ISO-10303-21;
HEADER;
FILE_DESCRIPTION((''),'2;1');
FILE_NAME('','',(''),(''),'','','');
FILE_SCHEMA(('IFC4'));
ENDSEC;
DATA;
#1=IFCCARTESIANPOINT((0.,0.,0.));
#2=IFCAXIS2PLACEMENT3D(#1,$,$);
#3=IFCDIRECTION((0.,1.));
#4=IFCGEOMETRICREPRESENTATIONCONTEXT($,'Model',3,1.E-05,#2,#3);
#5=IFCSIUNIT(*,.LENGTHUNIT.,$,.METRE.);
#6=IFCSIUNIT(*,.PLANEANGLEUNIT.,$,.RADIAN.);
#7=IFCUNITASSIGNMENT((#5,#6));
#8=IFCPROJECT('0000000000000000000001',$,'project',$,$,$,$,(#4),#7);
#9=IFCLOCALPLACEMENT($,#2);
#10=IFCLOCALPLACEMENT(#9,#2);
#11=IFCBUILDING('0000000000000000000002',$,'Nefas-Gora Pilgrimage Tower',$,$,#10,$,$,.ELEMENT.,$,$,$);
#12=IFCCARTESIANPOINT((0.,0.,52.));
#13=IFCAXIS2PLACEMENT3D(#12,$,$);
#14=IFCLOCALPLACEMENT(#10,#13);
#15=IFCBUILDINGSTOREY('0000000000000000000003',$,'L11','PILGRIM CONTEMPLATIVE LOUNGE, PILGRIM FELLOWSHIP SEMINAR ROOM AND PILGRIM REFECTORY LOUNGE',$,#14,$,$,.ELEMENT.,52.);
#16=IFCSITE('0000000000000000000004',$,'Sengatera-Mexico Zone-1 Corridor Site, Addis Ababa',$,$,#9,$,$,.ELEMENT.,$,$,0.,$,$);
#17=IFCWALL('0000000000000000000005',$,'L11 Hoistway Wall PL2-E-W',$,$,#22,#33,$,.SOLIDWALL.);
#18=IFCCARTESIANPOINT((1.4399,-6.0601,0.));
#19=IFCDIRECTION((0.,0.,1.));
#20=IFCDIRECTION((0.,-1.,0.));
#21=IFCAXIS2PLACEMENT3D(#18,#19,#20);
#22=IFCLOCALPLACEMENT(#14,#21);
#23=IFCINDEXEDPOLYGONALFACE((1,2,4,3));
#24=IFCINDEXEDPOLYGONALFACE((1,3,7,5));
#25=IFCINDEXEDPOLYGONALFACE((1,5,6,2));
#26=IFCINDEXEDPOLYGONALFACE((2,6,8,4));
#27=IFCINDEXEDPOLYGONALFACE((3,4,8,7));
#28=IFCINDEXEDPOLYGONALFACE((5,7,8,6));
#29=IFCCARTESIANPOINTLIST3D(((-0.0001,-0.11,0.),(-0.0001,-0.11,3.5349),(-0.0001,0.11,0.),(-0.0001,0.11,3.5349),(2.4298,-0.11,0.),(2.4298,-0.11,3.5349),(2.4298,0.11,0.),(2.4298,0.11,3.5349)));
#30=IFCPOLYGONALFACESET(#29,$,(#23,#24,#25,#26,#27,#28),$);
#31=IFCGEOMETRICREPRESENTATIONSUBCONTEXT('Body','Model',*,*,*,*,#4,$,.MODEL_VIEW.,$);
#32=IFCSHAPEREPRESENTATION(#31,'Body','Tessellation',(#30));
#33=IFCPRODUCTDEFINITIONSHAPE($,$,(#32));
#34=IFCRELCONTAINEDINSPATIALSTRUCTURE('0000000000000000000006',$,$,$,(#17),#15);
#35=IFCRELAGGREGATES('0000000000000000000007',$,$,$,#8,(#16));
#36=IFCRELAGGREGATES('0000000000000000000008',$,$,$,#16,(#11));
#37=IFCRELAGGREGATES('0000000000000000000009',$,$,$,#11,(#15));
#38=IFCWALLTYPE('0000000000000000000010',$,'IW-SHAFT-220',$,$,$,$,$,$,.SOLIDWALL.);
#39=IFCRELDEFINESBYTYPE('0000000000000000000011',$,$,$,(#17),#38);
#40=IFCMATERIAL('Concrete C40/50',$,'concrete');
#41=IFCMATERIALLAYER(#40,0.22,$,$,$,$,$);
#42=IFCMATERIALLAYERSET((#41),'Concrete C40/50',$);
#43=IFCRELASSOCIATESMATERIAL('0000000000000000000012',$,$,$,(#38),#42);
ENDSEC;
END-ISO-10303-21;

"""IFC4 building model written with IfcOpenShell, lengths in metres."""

from ifc_helpers import new_model, si_unit, direction, frame, frame_2d, origin, place, context, subcontext, project, spatial, rectangle, extrude, source, transform, mapped, material, layer, layer_set, type_object, element, save


model = new_model("IFC4")

# Units and contexts
model_context = context("Model", 3, precision=1e-05, world=origin(), true_north=direction((0.0, 1.0)))
body_context = subcontext(model_context, "Body", "Model", "MODEL_VIEW")
ifc_project = project(units=[si_unit("LENGTHUNIT", "METRE"), si_unit("PLANEANGLEUNIT", "RADIAN")], contexts=[model_context])

# Site, building, storey
site_placement = place(None, origin())
site = spatial("IfcSite", under=ifc_project, at=site_placement, Name="Sengatera-Mexico Zone-1 Corridor Site, Addis Ababa", CompositionType="ELEMENT", RefElevation=0.0)
building_placement = place(site_placement, origin())
building = spatial("IfcBuilding", under=site, at=building_placement, Name="Nefas-Gora Pilgrimage Tower", CompositionType="ELEMENT")
storey_placement = place(building_placement, frame((0.0, 0.0, 52.0)))
storey = spatial("IfcBuildingStorey", under=building, at=storey_placement, Name="L11", Description="PILGRIM CONTEMPLATIVE LOUNGE, PILGRIM FELLOWSHIP SEMINAR ROOM AND PILGRIM REFECTORY LOUNGE", CompositionType="ELEMENT", Elevation=52.0)

# Shared definitions
ifc_material_1 = material(Name="Concrete C40/50", Category="concrete")
ifc_layer_1 = layer(ifc_material_1, 0.22)
ifc_layer_set_1 = layer_set([ifc_layer_1], Name="Concrete C40/50")
wall_type_1 = type_object("IfcWallType", Name="IW-SHAFT-220", PredefinedType="SOLIDWALL", material=ifc_layer_set_1)

# Wall
shared_shape_1 = source(origin(), body_context, "Body", "SweptSolid", [
    extrude(rectangle(XDim=2.4299, YDim=0.22, at=frame_2d((1.2148, 0.0))), origin(), (0.0, 0.0, 1.0), 3.5349),
])
for number, where, z_axis, x_axis, name in (
    (1, (1.4399, -6.0601, 0.0), (0.0, 0.0, 1.0), (0.0, -1.0, 0.0), "L11 Hoistway Wall PL2-E-W"),
):
    element("IfcWall", number, at=place(storey_placement, frame(where, z_axis=z_axis, x_axis=x_axis)), inside=storey, type_object=wall_type_1, Name=name, PredefinedType="SOLIDWALL", context=body_context, shape_type="MappedRepresentation", body=[
        mapped(shared_shape_1, transform((0.0, 0.0, 0.0), x_axis=(1.0, 0.0, 0.0), y_axis=(0.0, 1.0, 0.0), z_axis=(0.0, 0.0, 1.0), scale=1.0)),
    ])

save(model, "model.ifc")
